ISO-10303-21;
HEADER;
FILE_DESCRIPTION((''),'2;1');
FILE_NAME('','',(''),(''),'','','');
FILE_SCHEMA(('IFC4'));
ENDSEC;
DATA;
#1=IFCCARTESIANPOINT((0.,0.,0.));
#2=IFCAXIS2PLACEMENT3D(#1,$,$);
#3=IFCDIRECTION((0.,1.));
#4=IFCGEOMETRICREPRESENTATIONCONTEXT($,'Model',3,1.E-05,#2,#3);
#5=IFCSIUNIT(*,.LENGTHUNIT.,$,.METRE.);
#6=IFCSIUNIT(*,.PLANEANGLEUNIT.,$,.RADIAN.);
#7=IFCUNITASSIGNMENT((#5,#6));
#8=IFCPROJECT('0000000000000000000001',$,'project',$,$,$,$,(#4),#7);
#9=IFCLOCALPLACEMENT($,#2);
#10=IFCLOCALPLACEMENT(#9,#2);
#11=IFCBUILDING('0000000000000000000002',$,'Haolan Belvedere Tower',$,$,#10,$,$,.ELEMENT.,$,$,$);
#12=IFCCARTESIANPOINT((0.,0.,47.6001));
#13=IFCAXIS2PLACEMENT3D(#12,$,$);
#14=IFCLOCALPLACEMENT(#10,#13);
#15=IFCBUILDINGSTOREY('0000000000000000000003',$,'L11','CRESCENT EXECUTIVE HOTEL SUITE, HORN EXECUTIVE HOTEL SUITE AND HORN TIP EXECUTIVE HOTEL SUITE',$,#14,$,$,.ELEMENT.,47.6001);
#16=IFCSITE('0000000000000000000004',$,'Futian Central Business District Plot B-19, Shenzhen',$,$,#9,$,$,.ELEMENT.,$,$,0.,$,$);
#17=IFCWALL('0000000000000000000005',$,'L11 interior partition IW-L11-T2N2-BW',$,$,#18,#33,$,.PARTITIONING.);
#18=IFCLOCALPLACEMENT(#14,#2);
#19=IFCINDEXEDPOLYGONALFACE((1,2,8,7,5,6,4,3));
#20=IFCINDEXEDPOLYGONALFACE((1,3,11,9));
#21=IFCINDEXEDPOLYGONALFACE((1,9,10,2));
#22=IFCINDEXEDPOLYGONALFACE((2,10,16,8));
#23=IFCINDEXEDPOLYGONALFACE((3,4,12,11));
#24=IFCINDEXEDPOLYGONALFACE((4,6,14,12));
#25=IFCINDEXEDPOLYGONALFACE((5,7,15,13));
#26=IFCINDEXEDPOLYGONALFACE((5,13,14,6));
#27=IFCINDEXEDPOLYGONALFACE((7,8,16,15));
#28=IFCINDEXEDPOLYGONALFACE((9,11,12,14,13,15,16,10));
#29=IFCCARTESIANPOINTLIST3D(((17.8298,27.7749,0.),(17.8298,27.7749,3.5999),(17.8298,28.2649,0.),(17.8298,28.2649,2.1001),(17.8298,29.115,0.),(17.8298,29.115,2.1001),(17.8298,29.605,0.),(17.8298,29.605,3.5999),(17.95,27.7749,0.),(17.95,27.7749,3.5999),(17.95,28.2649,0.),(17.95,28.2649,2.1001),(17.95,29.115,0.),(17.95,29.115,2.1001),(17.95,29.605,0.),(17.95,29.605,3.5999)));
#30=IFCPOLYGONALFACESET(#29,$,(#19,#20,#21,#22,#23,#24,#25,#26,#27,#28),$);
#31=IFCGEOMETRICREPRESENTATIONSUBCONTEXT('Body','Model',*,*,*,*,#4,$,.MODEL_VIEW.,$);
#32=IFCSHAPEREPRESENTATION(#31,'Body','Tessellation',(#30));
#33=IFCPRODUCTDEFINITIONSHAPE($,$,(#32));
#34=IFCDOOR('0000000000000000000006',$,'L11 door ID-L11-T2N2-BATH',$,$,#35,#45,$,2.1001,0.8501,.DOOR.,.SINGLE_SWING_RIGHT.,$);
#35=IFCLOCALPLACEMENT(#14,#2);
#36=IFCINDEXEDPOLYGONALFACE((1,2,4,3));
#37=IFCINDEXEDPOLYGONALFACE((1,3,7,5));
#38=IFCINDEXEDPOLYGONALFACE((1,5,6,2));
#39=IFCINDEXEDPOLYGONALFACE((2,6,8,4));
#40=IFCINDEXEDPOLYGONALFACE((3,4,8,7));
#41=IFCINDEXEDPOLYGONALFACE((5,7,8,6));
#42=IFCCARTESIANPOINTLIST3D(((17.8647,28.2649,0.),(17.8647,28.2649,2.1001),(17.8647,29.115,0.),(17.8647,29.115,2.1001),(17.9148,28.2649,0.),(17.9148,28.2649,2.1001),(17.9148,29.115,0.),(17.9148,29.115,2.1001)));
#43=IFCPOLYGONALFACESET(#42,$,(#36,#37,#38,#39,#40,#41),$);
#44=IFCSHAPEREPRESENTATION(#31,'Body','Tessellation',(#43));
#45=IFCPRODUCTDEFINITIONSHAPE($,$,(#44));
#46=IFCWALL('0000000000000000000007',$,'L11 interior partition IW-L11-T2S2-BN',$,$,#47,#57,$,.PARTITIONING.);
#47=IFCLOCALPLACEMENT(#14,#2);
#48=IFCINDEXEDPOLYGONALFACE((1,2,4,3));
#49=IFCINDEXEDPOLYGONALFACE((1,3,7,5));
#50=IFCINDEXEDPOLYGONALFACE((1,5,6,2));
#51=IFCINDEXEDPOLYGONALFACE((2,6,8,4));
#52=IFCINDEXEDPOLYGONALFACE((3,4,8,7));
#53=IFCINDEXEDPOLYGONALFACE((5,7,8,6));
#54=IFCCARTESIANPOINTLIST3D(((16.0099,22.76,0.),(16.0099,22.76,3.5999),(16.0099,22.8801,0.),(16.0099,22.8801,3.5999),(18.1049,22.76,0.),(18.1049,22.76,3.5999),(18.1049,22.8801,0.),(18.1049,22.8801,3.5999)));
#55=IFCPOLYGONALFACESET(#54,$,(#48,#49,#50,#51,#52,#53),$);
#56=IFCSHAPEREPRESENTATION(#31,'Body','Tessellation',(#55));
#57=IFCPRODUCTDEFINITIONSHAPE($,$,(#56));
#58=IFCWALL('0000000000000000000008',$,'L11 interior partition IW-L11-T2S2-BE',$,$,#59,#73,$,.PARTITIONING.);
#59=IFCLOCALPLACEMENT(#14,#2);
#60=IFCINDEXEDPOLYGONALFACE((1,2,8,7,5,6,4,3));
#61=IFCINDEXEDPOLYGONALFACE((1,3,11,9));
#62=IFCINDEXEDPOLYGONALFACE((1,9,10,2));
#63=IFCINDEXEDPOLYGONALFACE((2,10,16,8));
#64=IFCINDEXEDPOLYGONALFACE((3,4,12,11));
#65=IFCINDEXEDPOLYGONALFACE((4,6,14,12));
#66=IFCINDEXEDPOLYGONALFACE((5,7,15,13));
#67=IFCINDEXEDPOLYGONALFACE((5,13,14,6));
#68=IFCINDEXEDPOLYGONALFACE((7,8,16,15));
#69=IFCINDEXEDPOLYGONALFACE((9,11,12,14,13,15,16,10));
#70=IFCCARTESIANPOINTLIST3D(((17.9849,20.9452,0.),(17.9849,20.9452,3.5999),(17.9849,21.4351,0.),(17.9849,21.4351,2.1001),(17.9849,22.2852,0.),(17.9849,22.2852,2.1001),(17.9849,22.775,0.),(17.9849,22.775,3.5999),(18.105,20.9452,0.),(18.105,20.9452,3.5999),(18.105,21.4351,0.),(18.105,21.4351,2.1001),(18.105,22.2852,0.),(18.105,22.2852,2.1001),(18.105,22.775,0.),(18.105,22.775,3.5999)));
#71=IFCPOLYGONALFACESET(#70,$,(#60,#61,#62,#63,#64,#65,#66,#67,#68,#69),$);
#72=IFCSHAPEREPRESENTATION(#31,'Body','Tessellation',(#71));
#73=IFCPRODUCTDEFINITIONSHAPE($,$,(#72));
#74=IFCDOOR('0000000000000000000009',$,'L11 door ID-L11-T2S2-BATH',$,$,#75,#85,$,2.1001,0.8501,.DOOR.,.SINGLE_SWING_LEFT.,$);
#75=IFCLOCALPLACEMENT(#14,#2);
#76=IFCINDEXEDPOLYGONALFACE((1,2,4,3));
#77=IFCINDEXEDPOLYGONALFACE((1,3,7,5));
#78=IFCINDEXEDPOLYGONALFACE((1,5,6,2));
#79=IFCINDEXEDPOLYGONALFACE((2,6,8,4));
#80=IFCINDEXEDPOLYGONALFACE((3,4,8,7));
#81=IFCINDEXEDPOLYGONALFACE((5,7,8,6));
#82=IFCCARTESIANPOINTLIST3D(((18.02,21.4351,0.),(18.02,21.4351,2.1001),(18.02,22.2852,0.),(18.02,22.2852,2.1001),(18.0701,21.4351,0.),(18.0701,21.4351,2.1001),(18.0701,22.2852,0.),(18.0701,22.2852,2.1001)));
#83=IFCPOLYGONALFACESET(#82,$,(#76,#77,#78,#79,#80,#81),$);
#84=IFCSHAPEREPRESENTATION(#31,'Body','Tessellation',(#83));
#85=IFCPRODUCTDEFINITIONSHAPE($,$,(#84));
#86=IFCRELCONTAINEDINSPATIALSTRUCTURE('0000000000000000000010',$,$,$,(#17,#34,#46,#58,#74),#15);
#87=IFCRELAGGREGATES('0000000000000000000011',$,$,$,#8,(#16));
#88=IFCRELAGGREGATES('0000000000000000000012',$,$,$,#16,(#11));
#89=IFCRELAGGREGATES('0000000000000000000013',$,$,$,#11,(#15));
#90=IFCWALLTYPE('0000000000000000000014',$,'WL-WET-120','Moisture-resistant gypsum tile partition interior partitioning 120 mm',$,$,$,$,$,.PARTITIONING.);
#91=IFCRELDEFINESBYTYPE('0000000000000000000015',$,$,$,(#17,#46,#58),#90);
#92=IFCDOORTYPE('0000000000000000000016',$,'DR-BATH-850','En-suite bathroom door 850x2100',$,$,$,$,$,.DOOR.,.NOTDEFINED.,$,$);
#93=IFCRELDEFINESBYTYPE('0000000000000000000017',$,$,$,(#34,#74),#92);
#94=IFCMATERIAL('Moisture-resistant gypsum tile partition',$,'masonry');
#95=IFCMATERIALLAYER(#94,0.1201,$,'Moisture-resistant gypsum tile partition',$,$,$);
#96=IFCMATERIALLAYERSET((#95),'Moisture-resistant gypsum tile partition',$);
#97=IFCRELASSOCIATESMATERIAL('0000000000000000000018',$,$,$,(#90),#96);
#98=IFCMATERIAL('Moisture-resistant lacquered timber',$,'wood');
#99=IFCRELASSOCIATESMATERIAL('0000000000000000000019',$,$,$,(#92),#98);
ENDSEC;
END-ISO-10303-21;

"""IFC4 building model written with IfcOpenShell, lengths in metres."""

from ifc_helpers import new_model, si_unit, direction, frame, frame_2d, origin, place, context, subcontext, project, spatial, rectangle, extrude, material, layer, layer_set, type_object, element, fill, save


model = new_model("IFC4")

# Units and contexts
model_context = context("Model", 3, precision=1e-05, world=origin(), true_north=direction((0.0, 1.0)))
body_context = subcontext(model_context, "Body", "Model", "MODEL_VIEW")
ifc_project = project(units=[si_unit("LENGTHUNIT", "METRE"), si_unit("PLANEANGLEUNIT", "RADIAN")], contexts=[model_context])

# Site, building, storey
site_placement = place(None, origin())
site = spatial("IfcSite", under=ifc_project, at=site_placement, Name="Futian Central Business District Plot B-19, Shenzhen", CompositionType="ELEMENT", RefElevation=0.0)
building_placement = place(site_placement, origin())
building = spatial("IfcBuilding", under=site, at=building_placement, Name="Haolan Belvedere Tower", CompositionType="ELEMENT")
storey_placement = place(building_placement, frame((0.0, 0.0, 47.6001)))
storey = spatial("IfcBuildingStorey", under=building, at=storey_placement, Name="L11", Description="CRESCENT EXECUTIVE HOTEL SUITE, HORN EXECUTIVE HOTEL SUITE AND HORN TIP EXECUTIVE HOTEL SUITE", CompositionType="ELEMENT", Elevation=47.6001)

# Shared definitions
ifc_material_1 = material(Name="Moisture-resistant gypsum tile partition", Category="masonry")
ifc_layer_1 = layer(ifc_material_1, 0.1201, Name="Moisture-resistant gypsum tile partition")
ifc_layer_set_1 = layer_set([ifc_layer_1], Name="Moisture-resistant gypsum tile partition")
wall_type_1 = type_object("IfcWallType", Name="WL-WET-120", Description="Moisture-resistant gypsum tile partition interior partitioning 120 mm", PredefinedType="PARTITIONING", material=ifc_layer_set_1)

# Wall, opening, door
wall_1_placement = place(storey_placement, frame((17.8899, 27.7749, 0.0), z_axis=(0.0, 0.0, 1.0), x_axis=(0.0, 1.0, 0.0)))
wall_1 = element("IfcWall", 1, at=wall_1_placement, inside=storey, type_object=wall_type_1, Name="L11 interior partition IW-L11-T2N2-BW", PredefinedType="PARTITIONING", context=body_context, shape_type="SweptSolid", body=[
    extrude(rectangle(XDim=1.8301, YDim=0.1201, at=frame_2d((0.915, 0.0))), origin(), (0.0, 0.0, 1.0), 3.5999),
])
opening_1_placement = place(wall_1_placement, frame((1.3401, 0.0, 0.0), z_axis=(0.0, 0.0, 1.0), x_axis=(-1.0, 0.0, 0.0)))
opening_1 = element("IfcOpeningElement", 2, at=opening_1_placement, cuts=wall_1, PredefinedType="OPENING", context=body_context, shape_type="SweptSolid", body=[
    extrude(rectangle(XDim=0.8501, YDim=2.1001, at=frame_2d((0.425, 1.05))), frame((0.0, 0.0701, 0.0), z_axis=(0.0, -1.0, 0.0), x_axis=(1.0, 0.0, 0.0)), (0.0, 0.0, 1.0), 0.1401),
])
ifc_material_2 = material(Name="Moisture-resistant lacquered timber", Category="wood")
door_type_1 = type_object("IfcDoorType", Name="DR-BATH-850", Description="En-suite bathroom door 850x2100", OperationType="NOTDEFINED", PredefinedType="DOOR", material=ifc_material_2)
door_1_placement = place(opening_1_placement, origin())
door_1 = element("IfcDoor", 3, at=door_1_placement, inside=storey, type_object=door_type_1, Name="L11 door ID-L11-T2N2-BATH", OperationType="SINGLE_SWING_RIGHT", OverallHeight=2.1001, OverallWidth=0.8501, PredefinedType="DOOR", context=body_context, shape_type="SweptSolid", body=[
    extrude(rectangle(XDim=0.8501, YDim=2.1001, at=frame_2d((0.425, 1.05))), frame((0.0, 0.0249, 0.0), z_axis=(0.0, -1.0, 0.0), x_axis=(1.0, 0.0, 0.0)), (0.0, 0.0, 1.0), 0.05),
])
fill(opening_1, door_1)

# Wall
wall_2_placement = place(storey_placement, frame((16.01, 22.8201, 0.0), z_axis=(0.0, 0.0, 1.0), x_axis=(1.0, 0.0, 0.0)))
element("IfcWall", 4, at=wall_2_placement, inside=storey, type_object=wall_type_1, Name="L11 interior partition IW-L11-T2S2-BN", PredefinedType="PARTITIONING", context=body_context, shape_type="SweptSolid", body=[
    extrude(rectangle(XDim=2.095, YDim=0.1201, at=frame_2d((1.0474, 0.0))), origin(), (0.0, 0.0, 1.0), 3.5999),
])

# Wall, opening, door
wall_3_placement = place(storey_placement, frame((18.0449, 20.9451, 0.0), z_axis=(0.0, 0.0, 1.0), x_axis=(0.0, 1.0, 0.0)))
wall_3 = element("IfcWall", 5, at=wall_3_placement, inside=storey, type_object=wall_type_1, Name="L11 interior partition IW-L11-T2S2-BE", PredefinedType="PARTITIONING", context=body_context, shape_type="SweptSolid", body=[
    extrude(rectangle(XDim=1.8298, YDim=0.1201, at=frame_2d((0.915, 0.0))), origin(), (0.0, 0.0, 1.0), 3.5999),
])
opening_2_placement = place(wall_3_placement, frame((0.49, 0.0, 0.0)))
opening_2 = element("IfcOpeningElement", 6, at=opening_2_placement, cuts=wall_3, PredefinedType="OPENING", context=body_context, shape_type="SweptSolid", body=[
    extrude(rectangle(XDim=0.8501, YDim=2.1001, at=frame_2d((0.425, 1.05))), frame((0.0, 0.0701, 0.0), z_axis=(0.0, -1.0, 0.0), x_axis=(1.0, 0.0, 0.0)), (0.0, 0.0, 1.0), 0.1401),
])
door_2_placement = place(opening_2_placement, origin())
door_2 = element("IfcDoor", 7, at=door_2_placement, inside=storey, type_object=door_type_1, Name="L11 door ID-L11-T2S2-BATH", OperationType="SINGLE_SWING_LEFT", OverallHeight=2.1001, OverallWidth=0.8501, PredefinedType="DOOR", context=body_context, shape_type="SweptSolid", body=[
    extrude(rectangle(XDim=0.8501, YDim=2.1001, at=frame_2d((0.425, 1.05))), frame((0.0, 0.0249, 0.0), z_axis=(0.0, -1.0, 0.0), x_axis=(1.0, 0.0, 0.0)), (0.0, 0.0, 1.0), 0.05),
])
fill(opening_2, door_2)

save(model, "model.ifc")
